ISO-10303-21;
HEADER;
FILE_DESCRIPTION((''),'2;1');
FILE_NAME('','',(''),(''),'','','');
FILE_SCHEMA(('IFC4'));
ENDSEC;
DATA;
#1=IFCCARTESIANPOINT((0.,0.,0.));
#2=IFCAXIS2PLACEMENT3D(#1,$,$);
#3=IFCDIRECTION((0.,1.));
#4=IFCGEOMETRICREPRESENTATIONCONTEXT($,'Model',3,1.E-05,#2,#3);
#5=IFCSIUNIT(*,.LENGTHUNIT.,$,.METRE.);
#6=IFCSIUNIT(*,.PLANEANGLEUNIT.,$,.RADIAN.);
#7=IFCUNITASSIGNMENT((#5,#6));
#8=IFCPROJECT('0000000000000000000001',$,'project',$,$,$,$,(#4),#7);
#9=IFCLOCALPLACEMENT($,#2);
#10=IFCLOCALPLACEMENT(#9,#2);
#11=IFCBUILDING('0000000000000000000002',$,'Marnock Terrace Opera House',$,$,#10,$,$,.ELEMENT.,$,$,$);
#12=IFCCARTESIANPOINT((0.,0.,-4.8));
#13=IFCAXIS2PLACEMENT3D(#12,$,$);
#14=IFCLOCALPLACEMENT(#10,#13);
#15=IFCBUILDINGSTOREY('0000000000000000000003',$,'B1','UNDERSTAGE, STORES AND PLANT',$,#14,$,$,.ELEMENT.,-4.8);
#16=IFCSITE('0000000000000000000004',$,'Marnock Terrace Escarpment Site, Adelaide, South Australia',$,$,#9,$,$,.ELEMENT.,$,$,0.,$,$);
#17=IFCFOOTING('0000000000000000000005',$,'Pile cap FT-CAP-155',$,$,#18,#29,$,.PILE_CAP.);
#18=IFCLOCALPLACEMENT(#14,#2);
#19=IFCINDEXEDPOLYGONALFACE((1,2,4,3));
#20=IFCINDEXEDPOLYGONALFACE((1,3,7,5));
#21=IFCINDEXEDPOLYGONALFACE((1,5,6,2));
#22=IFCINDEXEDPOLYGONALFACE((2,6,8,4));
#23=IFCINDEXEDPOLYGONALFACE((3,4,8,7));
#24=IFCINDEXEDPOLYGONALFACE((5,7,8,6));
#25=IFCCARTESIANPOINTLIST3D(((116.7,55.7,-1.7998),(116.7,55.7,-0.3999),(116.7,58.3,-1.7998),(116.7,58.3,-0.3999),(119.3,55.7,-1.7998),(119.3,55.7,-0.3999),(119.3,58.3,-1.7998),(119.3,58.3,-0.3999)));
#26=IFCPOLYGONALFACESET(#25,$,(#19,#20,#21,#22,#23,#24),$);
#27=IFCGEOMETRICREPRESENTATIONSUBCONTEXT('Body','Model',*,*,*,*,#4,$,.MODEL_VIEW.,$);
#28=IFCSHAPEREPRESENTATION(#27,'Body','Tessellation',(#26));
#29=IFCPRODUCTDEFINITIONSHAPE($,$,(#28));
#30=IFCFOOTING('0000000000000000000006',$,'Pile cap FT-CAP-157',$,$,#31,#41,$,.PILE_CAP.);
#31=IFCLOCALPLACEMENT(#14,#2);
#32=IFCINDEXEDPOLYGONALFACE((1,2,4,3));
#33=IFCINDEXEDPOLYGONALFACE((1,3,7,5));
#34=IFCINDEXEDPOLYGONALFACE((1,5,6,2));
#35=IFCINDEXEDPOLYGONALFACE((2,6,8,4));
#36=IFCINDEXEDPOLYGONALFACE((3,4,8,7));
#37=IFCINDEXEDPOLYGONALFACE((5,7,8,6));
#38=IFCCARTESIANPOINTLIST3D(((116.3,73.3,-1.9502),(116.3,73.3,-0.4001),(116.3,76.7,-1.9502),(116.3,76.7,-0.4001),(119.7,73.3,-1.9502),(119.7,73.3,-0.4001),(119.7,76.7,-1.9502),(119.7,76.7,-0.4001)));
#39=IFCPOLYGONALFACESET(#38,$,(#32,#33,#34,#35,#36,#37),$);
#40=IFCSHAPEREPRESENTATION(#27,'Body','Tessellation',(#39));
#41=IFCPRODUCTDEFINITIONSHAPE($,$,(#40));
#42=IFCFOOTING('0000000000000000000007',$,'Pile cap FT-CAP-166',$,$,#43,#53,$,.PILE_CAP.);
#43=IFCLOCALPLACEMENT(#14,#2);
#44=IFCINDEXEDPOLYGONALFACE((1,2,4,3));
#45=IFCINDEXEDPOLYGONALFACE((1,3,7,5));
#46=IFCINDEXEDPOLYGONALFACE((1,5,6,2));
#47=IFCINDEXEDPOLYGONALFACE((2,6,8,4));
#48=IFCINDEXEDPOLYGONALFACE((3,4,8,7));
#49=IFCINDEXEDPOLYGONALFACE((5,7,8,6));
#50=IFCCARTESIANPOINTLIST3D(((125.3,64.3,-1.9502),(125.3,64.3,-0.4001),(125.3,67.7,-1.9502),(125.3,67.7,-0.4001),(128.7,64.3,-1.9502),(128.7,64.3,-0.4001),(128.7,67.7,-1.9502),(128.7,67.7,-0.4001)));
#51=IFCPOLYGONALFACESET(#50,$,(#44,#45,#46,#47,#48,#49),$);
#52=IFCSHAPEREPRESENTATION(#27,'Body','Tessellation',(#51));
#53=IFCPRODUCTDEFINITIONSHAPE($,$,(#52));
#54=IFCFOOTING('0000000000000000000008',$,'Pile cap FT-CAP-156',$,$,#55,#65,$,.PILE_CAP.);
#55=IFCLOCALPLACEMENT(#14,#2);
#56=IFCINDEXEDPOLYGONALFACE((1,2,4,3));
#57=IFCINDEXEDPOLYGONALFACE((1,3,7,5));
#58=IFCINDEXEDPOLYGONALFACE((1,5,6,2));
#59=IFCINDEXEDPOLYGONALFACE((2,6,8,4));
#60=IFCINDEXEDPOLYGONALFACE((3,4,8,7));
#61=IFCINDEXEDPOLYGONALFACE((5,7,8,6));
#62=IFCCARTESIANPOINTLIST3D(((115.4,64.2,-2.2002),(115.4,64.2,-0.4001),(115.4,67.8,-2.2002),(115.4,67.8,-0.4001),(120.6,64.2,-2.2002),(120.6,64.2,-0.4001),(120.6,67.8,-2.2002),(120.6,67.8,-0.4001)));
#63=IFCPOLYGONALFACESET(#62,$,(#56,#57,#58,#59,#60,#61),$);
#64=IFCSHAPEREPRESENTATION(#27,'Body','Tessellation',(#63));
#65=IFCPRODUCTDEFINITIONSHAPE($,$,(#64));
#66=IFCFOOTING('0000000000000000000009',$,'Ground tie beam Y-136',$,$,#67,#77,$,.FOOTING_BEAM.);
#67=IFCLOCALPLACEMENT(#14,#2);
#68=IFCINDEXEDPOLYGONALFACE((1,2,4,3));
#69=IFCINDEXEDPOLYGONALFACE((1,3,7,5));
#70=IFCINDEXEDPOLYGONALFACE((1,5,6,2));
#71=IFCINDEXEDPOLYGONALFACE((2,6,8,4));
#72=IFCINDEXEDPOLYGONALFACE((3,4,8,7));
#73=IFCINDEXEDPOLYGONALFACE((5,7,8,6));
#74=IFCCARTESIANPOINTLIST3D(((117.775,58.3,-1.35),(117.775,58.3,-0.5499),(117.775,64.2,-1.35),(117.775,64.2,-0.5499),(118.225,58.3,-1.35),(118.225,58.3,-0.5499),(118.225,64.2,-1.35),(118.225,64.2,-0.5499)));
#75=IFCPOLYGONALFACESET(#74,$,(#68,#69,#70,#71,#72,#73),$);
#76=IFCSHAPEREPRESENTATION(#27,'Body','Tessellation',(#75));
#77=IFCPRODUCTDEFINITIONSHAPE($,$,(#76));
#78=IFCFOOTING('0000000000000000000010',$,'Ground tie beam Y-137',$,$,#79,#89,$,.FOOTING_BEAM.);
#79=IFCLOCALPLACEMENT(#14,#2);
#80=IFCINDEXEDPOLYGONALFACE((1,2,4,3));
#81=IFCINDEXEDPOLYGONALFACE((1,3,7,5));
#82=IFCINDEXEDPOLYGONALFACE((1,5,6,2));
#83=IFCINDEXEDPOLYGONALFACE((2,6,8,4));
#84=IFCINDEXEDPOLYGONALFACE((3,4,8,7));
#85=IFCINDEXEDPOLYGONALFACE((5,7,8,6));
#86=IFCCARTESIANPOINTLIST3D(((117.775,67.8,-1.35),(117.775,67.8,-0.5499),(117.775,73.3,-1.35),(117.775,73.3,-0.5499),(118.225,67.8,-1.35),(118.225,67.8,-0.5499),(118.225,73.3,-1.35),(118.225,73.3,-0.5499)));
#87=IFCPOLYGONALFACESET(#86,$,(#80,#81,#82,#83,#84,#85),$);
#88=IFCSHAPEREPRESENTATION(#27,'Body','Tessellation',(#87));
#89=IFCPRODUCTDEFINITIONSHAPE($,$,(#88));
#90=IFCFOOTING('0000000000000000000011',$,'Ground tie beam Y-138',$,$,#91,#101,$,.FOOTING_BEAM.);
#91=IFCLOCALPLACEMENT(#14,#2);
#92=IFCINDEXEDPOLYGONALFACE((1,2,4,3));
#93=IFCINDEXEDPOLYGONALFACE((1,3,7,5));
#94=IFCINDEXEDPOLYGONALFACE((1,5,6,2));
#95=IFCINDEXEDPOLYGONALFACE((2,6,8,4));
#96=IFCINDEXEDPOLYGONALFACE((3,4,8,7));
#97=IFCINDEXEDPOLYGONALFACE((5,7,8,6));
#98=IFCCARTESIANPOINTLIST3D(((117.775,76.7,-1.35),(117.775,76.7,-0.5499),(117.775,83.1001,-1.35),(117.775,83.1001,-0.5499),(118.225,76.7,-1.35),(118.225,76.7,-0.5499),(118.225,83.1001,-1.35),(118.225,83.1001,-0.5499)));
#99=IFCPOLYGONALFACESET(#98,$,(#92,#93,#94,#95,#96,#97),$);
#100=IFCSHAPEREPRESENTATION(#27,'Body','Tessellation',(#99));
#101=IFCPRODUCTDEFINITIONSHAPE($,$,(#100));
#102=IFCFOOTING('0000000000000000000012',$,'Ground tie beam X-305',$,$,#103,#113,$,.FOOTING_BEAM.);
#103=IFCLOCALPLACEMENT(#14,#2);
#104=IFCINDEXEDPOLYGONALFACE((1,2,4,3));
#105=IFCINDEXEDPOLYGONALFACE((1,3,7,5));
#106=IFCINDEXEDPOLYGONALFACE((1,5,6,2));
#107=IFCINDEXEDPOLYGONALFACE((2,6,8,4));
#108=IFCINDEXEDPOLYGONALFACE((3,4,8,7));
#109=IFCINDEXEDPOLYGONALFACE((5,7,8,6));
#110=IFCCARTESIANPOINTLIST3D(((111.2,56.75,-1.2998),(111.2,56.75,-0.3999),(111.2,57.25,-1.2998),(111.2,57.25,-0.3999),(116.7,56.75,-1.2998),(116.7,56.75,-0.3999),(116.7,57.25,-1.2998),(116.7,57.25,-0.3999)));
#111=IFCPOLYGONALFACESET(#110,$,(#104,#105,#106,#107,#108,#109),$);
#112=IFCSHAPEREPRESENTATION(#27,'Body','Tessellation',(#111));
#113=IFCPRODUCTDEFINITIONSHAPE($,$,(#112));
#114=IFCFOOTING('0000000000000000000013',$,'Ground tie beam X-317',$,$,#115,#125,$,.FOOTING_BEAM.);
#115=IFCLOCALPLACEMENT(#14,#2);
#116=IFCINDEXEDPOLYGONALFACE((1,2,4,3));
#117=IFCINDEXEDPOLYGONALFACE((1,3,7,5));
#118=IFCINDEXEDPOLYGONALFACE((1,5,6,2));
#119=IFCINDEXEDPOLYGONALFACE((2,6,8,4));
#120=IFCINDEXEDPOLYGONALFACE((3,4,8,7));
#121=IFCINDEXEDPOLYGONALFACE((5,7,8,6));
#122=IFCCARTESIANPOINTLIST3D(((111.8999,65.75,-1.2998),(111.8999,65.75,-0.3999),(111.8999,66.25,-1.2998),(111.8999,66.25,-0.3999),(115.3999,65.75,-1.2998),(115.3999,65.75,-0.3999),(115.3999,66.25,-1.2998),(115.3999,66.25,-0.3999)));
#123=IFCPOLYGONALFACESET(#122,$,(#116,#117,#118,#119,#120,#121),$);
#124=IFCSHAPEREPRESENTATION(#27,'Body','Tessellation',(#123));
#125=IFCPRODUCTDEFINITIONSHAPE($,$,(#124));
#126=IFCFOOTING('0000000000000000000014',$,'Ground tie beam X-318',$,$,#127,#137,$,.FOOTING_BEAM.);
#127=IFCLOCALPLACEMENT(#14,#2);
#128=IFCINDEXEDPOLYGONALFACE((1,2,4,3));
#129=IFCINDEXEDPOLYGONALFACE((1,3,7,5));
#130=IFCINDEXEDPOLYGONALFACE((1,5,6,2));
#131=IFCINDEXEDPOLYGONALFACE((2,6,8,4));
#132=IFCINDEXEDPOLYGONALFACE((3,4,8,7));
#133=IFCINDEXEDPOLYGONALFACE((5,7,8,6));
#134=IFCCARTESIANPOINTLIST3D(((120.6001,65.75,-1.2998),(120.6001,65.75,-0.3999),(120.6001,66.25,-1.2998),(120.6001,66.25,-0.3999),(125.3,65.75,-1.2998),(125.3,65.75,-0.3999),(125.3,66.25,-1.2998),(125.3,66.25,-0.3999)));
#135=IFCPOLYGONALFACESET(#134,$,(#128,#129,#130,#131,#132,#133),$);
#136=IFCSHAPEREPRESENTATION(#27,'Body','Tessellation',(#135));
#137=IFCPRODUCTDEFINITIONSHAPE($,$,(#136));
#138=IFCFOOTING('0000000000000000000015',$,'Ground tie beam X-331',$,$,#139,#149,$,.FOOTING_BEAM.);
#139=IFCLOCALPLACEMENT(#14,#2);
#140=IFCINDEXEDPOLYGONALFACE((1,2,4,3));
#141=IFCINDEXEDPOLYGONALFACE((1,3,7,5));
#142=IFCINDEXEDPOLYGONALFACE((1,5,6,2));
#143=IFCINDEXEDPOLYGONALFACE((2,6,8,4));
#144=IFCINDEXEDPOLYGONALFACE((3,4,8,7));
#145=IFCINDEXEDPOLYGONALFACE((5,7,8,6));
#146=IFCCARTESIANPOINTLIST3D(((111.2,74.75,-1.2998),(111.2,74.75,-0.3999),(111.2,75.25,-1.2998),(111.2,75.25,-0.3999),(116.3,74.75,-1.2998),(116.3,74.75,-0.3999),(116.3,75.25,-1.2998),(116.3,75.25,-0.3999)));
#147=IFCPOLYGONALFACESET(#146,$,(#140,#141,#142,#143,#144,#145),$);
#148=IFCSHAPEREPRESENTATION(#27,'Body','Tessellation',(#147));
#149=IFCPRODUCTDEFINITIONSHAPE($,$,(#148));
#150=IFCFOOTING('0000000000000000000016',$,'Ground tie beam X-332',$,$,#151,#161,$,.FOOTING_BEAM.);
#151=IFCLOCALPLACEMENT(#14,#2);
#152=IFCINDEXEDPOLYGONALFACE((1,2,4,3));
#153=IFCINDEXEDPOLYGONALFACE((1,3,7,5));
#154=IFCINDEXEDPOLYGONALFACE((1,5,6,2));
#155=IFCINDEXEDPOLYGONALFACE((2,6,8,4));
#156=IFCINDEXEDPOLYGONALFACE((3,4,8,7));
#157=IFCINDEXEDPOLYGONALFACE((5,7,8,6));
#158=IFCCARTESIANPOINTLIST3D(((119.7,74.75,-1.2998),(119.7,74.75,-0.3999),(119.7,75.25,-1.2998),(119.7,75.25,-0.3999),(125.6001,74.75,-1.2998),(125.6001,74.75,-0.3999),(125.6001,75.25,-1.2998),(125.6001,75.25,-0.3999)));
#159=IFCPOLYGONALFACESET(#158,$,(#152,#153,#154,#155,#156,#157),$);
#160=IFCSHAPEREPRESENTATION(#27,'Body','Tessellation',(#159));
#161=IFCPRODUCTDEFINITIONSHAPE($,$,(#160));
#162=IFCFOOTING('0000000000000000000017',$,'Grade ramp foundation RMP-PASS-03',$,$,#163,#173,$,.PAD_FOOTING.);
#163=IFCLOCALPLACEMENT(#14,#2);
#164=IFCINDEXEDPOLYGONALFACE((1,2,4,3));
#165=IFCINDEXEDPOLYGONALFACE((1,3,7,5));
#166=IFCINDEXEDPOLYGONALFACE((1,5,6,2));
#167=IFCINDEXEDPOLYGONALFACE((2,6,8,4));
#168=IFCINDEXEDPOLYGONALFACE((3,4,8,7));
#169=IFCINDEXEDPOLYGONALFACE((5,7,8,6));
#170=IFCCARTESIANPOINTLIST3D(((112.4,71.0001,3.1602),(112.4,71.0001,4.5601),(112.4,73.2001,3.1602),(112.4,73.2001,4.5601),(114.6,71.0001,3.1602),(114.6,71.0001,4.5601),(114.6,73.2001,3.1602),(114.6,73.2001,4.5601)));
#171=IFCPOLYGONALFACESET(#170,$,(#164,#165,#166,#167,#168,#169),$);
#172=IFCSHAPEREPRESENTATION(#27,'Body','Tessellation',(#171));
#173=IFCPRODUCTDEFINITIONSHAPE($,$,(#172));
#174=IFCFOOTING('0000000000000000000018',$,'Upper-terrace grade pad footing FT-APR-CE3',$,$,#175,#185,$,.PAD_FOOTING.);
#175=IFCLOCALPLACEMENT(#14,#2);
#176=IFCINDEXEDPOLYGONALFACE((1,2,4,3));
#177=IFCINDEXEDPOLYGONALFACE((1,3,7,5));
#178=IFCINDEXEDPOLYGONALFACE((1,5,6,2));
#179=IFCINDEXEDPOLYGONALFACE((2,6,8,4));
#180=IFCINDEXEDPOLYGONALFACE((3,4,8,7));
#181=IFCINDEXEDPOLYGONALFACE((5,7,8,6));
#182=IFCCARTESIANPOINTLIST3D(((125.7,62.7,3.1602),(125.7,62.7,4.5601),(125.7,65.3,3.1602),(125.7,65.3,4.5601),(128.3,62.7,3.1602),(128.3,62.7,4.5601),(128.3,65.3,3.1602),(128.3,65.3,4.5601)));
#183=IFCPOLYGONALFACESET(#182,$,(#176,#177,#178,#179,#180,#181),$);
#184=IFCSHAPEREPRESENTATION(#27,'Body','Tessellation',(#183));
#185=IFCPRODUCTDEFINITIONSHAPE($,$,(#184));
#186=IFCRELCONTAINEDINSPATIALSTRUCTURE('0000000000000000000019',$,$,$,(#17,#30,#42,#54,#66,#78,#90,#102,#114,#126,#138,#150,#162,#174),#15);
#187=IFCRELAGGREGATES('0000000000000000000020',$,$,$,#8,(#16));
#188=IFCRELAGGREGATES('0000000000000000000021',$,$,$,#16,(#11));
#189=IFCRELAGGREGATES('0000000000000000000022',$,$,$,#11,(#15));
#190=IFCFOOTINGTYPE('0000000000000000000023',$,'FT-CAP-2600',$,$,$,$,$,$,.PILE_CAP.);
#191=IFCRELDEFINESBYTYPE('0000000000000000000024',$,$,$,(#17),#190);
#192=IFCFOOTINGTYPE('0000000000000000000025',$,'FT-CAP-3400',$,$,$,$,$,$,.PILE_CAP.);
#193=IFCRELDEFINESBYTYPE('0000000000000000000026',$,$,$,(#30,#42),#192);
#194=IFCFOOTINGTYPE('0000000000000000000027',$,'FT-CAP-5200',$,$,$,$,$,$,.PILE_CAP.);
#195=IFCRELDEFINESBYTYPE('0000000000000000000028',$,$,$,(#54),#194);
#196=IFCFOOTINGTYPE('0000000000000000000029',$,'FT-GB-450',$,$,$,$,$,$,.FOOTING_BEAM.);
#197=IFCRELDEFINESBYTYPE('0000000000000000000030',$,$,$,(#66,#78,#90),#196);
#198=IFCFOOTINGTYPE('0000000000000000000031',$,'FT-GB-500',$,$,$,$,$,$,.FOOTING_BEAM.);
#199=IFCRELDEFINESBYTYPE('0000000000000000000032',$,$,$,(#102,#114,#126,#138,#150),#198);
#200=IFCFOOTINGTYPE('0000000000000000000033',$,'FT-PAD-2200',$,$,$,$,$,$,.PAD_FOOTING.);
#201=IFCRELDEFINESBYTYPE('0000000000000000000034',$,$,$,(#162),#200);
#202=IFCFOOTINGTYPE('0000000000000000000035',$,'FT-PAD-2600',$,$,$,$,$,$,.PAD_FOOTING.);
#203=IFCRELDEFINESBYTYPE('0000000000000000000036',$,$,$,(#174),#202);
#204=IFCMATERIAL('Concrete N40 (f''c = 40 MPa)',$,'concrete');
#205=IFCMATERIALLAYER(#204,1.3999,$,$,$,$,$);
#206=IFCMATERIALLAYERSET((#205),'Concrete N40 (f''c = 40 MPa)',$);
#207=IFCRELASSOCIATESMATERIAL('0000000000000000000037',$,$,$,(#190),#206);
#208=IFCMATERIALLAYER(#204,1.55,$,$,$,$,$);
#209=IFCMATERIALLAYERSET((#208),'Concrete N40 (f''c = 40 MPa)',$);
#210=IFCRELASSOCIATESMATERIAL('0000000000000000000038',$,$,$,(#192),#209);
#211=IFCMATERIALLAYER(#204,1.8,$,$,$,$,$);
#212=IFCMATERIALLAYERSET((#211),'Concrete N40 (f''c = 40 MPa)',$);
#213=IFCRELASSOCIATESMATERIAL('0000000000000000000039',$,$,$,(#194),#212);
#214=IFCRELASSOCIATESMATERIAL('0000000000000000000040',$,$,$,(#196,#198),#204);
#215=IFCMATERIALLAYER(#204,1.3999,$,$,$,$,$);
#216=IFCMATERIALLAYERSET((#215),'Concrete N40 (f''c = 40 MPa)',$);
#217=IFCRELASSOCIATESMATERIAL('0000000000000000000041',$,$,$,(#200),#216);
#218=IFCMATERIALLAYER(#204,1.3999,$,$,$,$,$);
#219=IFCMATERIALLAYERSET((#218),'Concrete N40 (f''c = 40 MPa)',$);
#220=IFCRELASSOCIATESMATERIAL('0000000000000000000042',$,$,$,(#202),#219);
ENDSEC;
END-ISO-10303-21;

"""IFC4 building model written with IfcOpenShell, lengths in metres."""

from ifc_helpers import new_model, si_unit, direction, frame, origin, origin_2d, place, context, subcontext, project, spatial, rectangle, extrude, material, layer, layer_set, material_profile, profile_set, type_object, element, save


model = new_model("IFC4")

# Units and contexts
model_context = context("Model", 3, precision=1e-05, world=origin(), true_north=direction((0.0, 1.0)))
body_context = subcontext(model_context, "Body", "Model", "MODEL_VIEW")
ifc_project = project(units=[si_unit("LENGTHUNIT", "METRE"), si_unit("PLANEANGLEUNIT", "RADIAN")], contexts=[model_context])

# Site, building, storey
site_placement = place(None, origin())
site = spatial("IfcSite", under=ifc_project, at=site_placement, Name="Marnock Terrace Escarpment Site, Adelaide, South Australia", CompositionType="ELEMENT", RefElevation=0.0)
building_placement = place(site_placement, origin())
building = spatial("IfcBuilding", under=site, at=building_placement, Name="Marnock Terrace Opera House", CompositionType="ELEMENT")
storey_placement = place(building_placement, frame((0.0, 0.0, -4.8)))
storey = spatial("IfcBuildingStorey", under=building, at=storey_placement, Name="B1", Description="UNDERSTAGE, STORES AND PLANT", CompositionType="ELEMENT", Elevation=-4.8)

# Footings
ifc_material_1 = material(Name="Concrete N40 (f'c = 40 MPa)", Category="concrete")
ifc_layer_1 = layer(ifc_material_1, 1.3999)
ifc_layer_set_1 = layer_set([ifc_layer_1], Name="Concrete N40 (f'c = 40 MPa)")
footing_type_1 = type_object("IfcFootingType", Name="FT-CAP-2600", PredefinedType="PILE_CAP", material=ifc_layer_set_1)
footing_1_placement = place(storey_placement, frame((118.0, 57.0, -1.7998), z_axis=(0.0, 0.0, 1.0), x_axis=(1.0, 0.0, 0.0)))
element("IfcFooting", 1, at=footing_1_placement, inside=storey, type_object=footing_type_1, Name="Pile cap FT-CAP-155", PredefinedType="PILE_CAP", context=body_context, shape_type="SweptSolid", body=[
    extrude(rectangle(XDim=2.6001, YDim=2.6001, at=origin_2d()), origin(), (0.0, 0.0, 1.0), 1.3999),
])
ifc_layer_2 = layer(ifc_material_1, 1.55)
ifc_layer_set_2 = layer_set([ifc_layer_2], Name="Concrete N40 (f'c = 40 MPa)")
footing_type_2 = type_object("IfcFootingType", Name="FT-CAP-3400", PredefinedType="PILE_CAP", material=ifc_layer_set_2)
for number, where, z_axis, x_axis, name in (
    (2, (118.0, 75.0, -1.9502), (0.0, 0.0, 1.0), (1.0, 0.0, 0.0), "Pile cap FT-CAP-157"),
    (3, (127.0, 66.0, -1.9502), (0.0, 0.0, 1.0), (1.0, 0.0, 0.0), "Pile cap FT-CAP-166"),
):
    element("IfcFooting", number, at=place(storey_placement, frame(where, z_axis=z_axis, x_axis=x_axis)), inside=storey, type_object=footing_type_2, Name=name, PredefinedType="PILE_CAP", context=body_context, shape_type="SweptSolid", body=[
        extrude(rectangle(XDim=3.3999, YDim=3.3999, at=origin_2d()), origin(), (0.0, 0.0, 1.0), 1.55),
    ])
ifc_layer_3 = layer(ifc_material_1, 1.8)
ifc_layer_set_3 = layer_set([ifc_layer_3], Name="Concrete N40 (f'c = 40 MPa)")
footing_type_3 = type_object("IfcFootingType", Name="FT-CAP-5200", PredefinedType="PILE_CAP", material=ifc_layer_set_3)
footing_2_placement = place(storey_placement, frame((118.0, 66.0, -2.2002), z_axis=(0.0, 0.0, 1.0), x_axis=(1.0, 0.0, 0.0)))
element("IfcFooting", 4, at=footing_2_placement, inside=storey, type_object=footing_type_3, Name="Pile cap FT-CAP-156", PredefinedType="PILE_CAP", context=body_context, shape_type="SweptSolid", body=[
    extrude(rectangle(XDim=5.2, YDim=3.6001, at=origin_2d()), origin(), (0.0, 0.0, 1.0), 1.8),
])
ifc_material_profile_1 = material_profile(ifc_material_1, rectangle(XDim=0.45, YDim=0.8, at=origin_2d()))
ifc_profile_set_1 = profile_set([ifc_material_profile_1], Name="Concrete N40 (f'c = 40 MPa)")
footing_type_4 = type_object("IfcFootingType", Name="FT-GB-450", PredefinedType="FOOTING_BEAM", material=ifc_profile_set_1)
footing_3_placement = place(storey_placement, frame((118.0, 58.3, -0.95), z_axis=(0.0, 1.0, 0.0), x_axis=(-1.0, 0.0, 0.0)))
element("IfcFooting", 5, at=footing_3_placement, inside=storey, type_object=footing_type_4, Name="Ground tie beam Y-136", PredefinedType="FOOTING_BEAM", context=body_context, shape_type="SweptSolid", body=[
    extrude(rectangle(XDim=0.45, YDim=0.8, at=origin_2d()), origin(), (0.0, 0.0, 1.0), 5.8999),
])
footing_4_placement = place(storey_placement, frame((118.0, 67.8, -0.95), z_axis=(0.0, 1.0, 0.0), x_axis=(-1.0, 0.0, 0.0)))
element("IfcFooting", 6, at=footing_4_placement, inside=storey, type_object=footing_type_4, Name="Ground tie beam Y-137", PredefinedType="FOOTING_BEAM", context=body_context, shape_type="SweptSolid", body=[
    extrude(rectangle(XDim=0.45, YDim=0.8, at=origin_2d()), origin(), (0.0, 0.0, 1.0), 5.5),
])
footing_5_placement = place(storey_placement, frame((118.0, 76.7, -0.95), z_axis=(0.0, 1.0, 0.0), x_axis=(-1.0, 0.0, 0.0)))
element("IfcFooting", 7, at=footing_5_placement, inside=storey, type_object=footing_type_4, Name="Ground tie beam Y-138", PredefinedType="FOOTING_BEAM", context=body_context, shape_type="SweptSolid", body=[
    extrude(rectangle(XDim=0.45, YDim=0.8, at=origin_2d()), origin(), (0.0, 0.0, 1.0), 6.4001),
])
ifc_material_profile_2 = material_profile(ifc_material_1, rectangle(XDim=0.5, YDim=0.8999, at=origin_2d()))
ifc_profile_set_2 = profile_set([ifc_material_profile_2], Name="Concrete N40 (f'c = 40 MPa)")
footing_type_5 = type_object("IfcFootingType", Name="FT-GB-500", PredefinedType="FOOTING_BEAM", material=ifc_profile_set_2)
footing_6_placement = place(storey_placement, frame((111.2, 57.0, -0.8499), z_axis=(1.0, 0.0, 0.0), x_axis=(0.0, 1.0, 0.0)))
element("IfcFooting", 8, at=footing_6_placement, inside=storey, type_object=footing_type_5, Name="Ground tie beam X-305", PredefinedType="FOOTING_BEAM", context=body_context, shape_type="SweptSolid", body=[
    extrude(rectangle(XDim=0.5, YDim=0.8999, at=origin_2d()), origin(), (0.0, 0.0, 1.0), 5.5),
])
footing_7_placement = place(storey_placement, frame((111.8999, 66.0, -0.8499), z_axis=(1.0, 0.0, 0.0), x_axis=(0.0, 1.0, 0.0)))
element("IfcFooting", 9, at=footing_7_placement, inside=storey, type_object=footing_type_5, Name="Ground tie beam X-317", PredefinedType="FOOTING_BEAM", context=body_context, shape_type="SweptSolid", body=[
    extrude(rectangle(XDim=0.5, YDim=0.8999, at=origin_2d()), origin(), (0.0, 0.0, 1.0), 3.5),
])
footing_8_placement = place(storey_placement, frame((120.6001, 66.0, -0.8499), z_axis=(1.0, 0.0, 0.0), x_axis=(0.0, 1.0, 0.0)))
element("IfcFooting", 10, at=footing_8_placement, inside=storey, type_object=footing_type_5, Name="Ground tie beam X-318", PredefinedType="FOOTING_BEAM", context=body_context, shape_type="SweptSolid", body=[
    extrude(rectangle(XDim=0.5, YDim=0.8999, at=origin_2d()), origin(), (0.0, 0.0, 1.0), 4.7),
])
footing_9_placement = place(storey_placement, frame((111.2, 75.0, -0.8499), z_axis=(1.0, 0.0, 0.0), x_axis=(0.0, 1.0, 0.0)))
element("IfcFooting", 11, at=footing_9_placement, inside=storey, type_object=footing_type_5, Name="Ground tie beam X-331", PredefinedType="FOOTING_BEAM", context=body_context, shape_type="SweptSolid", body=[
    extrude(rectangle(XDim=0.5, YDim=0.8999, at=origin_2d()), origin(), (0.0, 0.0, 1.0), 5.1001),
])
footing_10_placement = place(storey_placement, frame((119.7, 75.0, -0.8499), z_axis=(1.0, 0.0, 0.0), x_axis=(0.0, 1.0, 0.0)))
element("IfcFooting", 12, at=footing_10_placement, inside=storey, type_object=footing_type_5, Name="Ground tie beam X-332", PredefinedType="FOOTING_BEAM", context=body_context, shape_type="SweptSolid", body=[
    extrude(rectangle(XDim=0.5, YDim=0.8999, at=origin_2d()), origin(), (0.0, 0.0, 1.0), 5.9001),
])
ifc_layer_4 = layer(ifc_material_1, 1.3999)
ifc_layer_set_4 = layer_set([ifc_layer_4], Name="Concrete N40 (f'c = 40 MPa)")
footing_type_6 = type_object("IfcFootingType", Name="FT-PAD-2200", PredefinedType="PAD_FOOTING", material=ifc_layer_set_4)
footing_11_placement = place(storey_placement, frame((113.5, 72.1001, 3.1602), z_axis=(0.0, 0.0, 1.0), x_axis=(1.0, 0.0, 0.0)))
element("IfcFooting", 13, at=footing_11_placement, inside=storey, type_object=footing_type_6, Name="Grade ramp foundation RMP-PASS-03", PredefinedType="PAD_FOOTING", context=body_context, shape_type="SweptSolid", body=[
    extrude(rectangle(XDim=2.2, YDim=2.2, at=origin_2d()), origin(), (0.0, 0.0, 1.0), 1.3999),
])
ifc_layer_5 = layer(ifc_material_1, 1.3999)
ifc_layer_set_5 = layer_set([ifc_layer_5], Name="Concrete N40 (f'c = 40 MPa)")
footing_type_7 = type_object("IfcFootingType", Name="FT-PAD-2600", PredefinedType="PAD_FOOTING", material=ifc_layer_set_5)
for number, where, z_axis, x_axis, name in (
    (14, (127.0, 64.0, 3.1602), (0.0, 0.0, 1.0), (1.0, 0.0, 0.0), "Upper-terrace grade pad footing FT-APR-CE3"),
):
    element("IfcFooting", number, at=place(storey_placement, frame(where, z_axis=z_axis, x_axis=x_axis)), inside=storey, type_object=footing_type_7, Name=name, PredefinedType="PAD_FOOTING", context=body_context, shape_type="SweptSolid", body=[
        extrude(rectangle(XDim=2.6001, YDim=2.6001, at=origin_2d()), origin(), (0.0, 0.0, 1.0), 1.3999),
    ])

save(model, "model.ifc")
